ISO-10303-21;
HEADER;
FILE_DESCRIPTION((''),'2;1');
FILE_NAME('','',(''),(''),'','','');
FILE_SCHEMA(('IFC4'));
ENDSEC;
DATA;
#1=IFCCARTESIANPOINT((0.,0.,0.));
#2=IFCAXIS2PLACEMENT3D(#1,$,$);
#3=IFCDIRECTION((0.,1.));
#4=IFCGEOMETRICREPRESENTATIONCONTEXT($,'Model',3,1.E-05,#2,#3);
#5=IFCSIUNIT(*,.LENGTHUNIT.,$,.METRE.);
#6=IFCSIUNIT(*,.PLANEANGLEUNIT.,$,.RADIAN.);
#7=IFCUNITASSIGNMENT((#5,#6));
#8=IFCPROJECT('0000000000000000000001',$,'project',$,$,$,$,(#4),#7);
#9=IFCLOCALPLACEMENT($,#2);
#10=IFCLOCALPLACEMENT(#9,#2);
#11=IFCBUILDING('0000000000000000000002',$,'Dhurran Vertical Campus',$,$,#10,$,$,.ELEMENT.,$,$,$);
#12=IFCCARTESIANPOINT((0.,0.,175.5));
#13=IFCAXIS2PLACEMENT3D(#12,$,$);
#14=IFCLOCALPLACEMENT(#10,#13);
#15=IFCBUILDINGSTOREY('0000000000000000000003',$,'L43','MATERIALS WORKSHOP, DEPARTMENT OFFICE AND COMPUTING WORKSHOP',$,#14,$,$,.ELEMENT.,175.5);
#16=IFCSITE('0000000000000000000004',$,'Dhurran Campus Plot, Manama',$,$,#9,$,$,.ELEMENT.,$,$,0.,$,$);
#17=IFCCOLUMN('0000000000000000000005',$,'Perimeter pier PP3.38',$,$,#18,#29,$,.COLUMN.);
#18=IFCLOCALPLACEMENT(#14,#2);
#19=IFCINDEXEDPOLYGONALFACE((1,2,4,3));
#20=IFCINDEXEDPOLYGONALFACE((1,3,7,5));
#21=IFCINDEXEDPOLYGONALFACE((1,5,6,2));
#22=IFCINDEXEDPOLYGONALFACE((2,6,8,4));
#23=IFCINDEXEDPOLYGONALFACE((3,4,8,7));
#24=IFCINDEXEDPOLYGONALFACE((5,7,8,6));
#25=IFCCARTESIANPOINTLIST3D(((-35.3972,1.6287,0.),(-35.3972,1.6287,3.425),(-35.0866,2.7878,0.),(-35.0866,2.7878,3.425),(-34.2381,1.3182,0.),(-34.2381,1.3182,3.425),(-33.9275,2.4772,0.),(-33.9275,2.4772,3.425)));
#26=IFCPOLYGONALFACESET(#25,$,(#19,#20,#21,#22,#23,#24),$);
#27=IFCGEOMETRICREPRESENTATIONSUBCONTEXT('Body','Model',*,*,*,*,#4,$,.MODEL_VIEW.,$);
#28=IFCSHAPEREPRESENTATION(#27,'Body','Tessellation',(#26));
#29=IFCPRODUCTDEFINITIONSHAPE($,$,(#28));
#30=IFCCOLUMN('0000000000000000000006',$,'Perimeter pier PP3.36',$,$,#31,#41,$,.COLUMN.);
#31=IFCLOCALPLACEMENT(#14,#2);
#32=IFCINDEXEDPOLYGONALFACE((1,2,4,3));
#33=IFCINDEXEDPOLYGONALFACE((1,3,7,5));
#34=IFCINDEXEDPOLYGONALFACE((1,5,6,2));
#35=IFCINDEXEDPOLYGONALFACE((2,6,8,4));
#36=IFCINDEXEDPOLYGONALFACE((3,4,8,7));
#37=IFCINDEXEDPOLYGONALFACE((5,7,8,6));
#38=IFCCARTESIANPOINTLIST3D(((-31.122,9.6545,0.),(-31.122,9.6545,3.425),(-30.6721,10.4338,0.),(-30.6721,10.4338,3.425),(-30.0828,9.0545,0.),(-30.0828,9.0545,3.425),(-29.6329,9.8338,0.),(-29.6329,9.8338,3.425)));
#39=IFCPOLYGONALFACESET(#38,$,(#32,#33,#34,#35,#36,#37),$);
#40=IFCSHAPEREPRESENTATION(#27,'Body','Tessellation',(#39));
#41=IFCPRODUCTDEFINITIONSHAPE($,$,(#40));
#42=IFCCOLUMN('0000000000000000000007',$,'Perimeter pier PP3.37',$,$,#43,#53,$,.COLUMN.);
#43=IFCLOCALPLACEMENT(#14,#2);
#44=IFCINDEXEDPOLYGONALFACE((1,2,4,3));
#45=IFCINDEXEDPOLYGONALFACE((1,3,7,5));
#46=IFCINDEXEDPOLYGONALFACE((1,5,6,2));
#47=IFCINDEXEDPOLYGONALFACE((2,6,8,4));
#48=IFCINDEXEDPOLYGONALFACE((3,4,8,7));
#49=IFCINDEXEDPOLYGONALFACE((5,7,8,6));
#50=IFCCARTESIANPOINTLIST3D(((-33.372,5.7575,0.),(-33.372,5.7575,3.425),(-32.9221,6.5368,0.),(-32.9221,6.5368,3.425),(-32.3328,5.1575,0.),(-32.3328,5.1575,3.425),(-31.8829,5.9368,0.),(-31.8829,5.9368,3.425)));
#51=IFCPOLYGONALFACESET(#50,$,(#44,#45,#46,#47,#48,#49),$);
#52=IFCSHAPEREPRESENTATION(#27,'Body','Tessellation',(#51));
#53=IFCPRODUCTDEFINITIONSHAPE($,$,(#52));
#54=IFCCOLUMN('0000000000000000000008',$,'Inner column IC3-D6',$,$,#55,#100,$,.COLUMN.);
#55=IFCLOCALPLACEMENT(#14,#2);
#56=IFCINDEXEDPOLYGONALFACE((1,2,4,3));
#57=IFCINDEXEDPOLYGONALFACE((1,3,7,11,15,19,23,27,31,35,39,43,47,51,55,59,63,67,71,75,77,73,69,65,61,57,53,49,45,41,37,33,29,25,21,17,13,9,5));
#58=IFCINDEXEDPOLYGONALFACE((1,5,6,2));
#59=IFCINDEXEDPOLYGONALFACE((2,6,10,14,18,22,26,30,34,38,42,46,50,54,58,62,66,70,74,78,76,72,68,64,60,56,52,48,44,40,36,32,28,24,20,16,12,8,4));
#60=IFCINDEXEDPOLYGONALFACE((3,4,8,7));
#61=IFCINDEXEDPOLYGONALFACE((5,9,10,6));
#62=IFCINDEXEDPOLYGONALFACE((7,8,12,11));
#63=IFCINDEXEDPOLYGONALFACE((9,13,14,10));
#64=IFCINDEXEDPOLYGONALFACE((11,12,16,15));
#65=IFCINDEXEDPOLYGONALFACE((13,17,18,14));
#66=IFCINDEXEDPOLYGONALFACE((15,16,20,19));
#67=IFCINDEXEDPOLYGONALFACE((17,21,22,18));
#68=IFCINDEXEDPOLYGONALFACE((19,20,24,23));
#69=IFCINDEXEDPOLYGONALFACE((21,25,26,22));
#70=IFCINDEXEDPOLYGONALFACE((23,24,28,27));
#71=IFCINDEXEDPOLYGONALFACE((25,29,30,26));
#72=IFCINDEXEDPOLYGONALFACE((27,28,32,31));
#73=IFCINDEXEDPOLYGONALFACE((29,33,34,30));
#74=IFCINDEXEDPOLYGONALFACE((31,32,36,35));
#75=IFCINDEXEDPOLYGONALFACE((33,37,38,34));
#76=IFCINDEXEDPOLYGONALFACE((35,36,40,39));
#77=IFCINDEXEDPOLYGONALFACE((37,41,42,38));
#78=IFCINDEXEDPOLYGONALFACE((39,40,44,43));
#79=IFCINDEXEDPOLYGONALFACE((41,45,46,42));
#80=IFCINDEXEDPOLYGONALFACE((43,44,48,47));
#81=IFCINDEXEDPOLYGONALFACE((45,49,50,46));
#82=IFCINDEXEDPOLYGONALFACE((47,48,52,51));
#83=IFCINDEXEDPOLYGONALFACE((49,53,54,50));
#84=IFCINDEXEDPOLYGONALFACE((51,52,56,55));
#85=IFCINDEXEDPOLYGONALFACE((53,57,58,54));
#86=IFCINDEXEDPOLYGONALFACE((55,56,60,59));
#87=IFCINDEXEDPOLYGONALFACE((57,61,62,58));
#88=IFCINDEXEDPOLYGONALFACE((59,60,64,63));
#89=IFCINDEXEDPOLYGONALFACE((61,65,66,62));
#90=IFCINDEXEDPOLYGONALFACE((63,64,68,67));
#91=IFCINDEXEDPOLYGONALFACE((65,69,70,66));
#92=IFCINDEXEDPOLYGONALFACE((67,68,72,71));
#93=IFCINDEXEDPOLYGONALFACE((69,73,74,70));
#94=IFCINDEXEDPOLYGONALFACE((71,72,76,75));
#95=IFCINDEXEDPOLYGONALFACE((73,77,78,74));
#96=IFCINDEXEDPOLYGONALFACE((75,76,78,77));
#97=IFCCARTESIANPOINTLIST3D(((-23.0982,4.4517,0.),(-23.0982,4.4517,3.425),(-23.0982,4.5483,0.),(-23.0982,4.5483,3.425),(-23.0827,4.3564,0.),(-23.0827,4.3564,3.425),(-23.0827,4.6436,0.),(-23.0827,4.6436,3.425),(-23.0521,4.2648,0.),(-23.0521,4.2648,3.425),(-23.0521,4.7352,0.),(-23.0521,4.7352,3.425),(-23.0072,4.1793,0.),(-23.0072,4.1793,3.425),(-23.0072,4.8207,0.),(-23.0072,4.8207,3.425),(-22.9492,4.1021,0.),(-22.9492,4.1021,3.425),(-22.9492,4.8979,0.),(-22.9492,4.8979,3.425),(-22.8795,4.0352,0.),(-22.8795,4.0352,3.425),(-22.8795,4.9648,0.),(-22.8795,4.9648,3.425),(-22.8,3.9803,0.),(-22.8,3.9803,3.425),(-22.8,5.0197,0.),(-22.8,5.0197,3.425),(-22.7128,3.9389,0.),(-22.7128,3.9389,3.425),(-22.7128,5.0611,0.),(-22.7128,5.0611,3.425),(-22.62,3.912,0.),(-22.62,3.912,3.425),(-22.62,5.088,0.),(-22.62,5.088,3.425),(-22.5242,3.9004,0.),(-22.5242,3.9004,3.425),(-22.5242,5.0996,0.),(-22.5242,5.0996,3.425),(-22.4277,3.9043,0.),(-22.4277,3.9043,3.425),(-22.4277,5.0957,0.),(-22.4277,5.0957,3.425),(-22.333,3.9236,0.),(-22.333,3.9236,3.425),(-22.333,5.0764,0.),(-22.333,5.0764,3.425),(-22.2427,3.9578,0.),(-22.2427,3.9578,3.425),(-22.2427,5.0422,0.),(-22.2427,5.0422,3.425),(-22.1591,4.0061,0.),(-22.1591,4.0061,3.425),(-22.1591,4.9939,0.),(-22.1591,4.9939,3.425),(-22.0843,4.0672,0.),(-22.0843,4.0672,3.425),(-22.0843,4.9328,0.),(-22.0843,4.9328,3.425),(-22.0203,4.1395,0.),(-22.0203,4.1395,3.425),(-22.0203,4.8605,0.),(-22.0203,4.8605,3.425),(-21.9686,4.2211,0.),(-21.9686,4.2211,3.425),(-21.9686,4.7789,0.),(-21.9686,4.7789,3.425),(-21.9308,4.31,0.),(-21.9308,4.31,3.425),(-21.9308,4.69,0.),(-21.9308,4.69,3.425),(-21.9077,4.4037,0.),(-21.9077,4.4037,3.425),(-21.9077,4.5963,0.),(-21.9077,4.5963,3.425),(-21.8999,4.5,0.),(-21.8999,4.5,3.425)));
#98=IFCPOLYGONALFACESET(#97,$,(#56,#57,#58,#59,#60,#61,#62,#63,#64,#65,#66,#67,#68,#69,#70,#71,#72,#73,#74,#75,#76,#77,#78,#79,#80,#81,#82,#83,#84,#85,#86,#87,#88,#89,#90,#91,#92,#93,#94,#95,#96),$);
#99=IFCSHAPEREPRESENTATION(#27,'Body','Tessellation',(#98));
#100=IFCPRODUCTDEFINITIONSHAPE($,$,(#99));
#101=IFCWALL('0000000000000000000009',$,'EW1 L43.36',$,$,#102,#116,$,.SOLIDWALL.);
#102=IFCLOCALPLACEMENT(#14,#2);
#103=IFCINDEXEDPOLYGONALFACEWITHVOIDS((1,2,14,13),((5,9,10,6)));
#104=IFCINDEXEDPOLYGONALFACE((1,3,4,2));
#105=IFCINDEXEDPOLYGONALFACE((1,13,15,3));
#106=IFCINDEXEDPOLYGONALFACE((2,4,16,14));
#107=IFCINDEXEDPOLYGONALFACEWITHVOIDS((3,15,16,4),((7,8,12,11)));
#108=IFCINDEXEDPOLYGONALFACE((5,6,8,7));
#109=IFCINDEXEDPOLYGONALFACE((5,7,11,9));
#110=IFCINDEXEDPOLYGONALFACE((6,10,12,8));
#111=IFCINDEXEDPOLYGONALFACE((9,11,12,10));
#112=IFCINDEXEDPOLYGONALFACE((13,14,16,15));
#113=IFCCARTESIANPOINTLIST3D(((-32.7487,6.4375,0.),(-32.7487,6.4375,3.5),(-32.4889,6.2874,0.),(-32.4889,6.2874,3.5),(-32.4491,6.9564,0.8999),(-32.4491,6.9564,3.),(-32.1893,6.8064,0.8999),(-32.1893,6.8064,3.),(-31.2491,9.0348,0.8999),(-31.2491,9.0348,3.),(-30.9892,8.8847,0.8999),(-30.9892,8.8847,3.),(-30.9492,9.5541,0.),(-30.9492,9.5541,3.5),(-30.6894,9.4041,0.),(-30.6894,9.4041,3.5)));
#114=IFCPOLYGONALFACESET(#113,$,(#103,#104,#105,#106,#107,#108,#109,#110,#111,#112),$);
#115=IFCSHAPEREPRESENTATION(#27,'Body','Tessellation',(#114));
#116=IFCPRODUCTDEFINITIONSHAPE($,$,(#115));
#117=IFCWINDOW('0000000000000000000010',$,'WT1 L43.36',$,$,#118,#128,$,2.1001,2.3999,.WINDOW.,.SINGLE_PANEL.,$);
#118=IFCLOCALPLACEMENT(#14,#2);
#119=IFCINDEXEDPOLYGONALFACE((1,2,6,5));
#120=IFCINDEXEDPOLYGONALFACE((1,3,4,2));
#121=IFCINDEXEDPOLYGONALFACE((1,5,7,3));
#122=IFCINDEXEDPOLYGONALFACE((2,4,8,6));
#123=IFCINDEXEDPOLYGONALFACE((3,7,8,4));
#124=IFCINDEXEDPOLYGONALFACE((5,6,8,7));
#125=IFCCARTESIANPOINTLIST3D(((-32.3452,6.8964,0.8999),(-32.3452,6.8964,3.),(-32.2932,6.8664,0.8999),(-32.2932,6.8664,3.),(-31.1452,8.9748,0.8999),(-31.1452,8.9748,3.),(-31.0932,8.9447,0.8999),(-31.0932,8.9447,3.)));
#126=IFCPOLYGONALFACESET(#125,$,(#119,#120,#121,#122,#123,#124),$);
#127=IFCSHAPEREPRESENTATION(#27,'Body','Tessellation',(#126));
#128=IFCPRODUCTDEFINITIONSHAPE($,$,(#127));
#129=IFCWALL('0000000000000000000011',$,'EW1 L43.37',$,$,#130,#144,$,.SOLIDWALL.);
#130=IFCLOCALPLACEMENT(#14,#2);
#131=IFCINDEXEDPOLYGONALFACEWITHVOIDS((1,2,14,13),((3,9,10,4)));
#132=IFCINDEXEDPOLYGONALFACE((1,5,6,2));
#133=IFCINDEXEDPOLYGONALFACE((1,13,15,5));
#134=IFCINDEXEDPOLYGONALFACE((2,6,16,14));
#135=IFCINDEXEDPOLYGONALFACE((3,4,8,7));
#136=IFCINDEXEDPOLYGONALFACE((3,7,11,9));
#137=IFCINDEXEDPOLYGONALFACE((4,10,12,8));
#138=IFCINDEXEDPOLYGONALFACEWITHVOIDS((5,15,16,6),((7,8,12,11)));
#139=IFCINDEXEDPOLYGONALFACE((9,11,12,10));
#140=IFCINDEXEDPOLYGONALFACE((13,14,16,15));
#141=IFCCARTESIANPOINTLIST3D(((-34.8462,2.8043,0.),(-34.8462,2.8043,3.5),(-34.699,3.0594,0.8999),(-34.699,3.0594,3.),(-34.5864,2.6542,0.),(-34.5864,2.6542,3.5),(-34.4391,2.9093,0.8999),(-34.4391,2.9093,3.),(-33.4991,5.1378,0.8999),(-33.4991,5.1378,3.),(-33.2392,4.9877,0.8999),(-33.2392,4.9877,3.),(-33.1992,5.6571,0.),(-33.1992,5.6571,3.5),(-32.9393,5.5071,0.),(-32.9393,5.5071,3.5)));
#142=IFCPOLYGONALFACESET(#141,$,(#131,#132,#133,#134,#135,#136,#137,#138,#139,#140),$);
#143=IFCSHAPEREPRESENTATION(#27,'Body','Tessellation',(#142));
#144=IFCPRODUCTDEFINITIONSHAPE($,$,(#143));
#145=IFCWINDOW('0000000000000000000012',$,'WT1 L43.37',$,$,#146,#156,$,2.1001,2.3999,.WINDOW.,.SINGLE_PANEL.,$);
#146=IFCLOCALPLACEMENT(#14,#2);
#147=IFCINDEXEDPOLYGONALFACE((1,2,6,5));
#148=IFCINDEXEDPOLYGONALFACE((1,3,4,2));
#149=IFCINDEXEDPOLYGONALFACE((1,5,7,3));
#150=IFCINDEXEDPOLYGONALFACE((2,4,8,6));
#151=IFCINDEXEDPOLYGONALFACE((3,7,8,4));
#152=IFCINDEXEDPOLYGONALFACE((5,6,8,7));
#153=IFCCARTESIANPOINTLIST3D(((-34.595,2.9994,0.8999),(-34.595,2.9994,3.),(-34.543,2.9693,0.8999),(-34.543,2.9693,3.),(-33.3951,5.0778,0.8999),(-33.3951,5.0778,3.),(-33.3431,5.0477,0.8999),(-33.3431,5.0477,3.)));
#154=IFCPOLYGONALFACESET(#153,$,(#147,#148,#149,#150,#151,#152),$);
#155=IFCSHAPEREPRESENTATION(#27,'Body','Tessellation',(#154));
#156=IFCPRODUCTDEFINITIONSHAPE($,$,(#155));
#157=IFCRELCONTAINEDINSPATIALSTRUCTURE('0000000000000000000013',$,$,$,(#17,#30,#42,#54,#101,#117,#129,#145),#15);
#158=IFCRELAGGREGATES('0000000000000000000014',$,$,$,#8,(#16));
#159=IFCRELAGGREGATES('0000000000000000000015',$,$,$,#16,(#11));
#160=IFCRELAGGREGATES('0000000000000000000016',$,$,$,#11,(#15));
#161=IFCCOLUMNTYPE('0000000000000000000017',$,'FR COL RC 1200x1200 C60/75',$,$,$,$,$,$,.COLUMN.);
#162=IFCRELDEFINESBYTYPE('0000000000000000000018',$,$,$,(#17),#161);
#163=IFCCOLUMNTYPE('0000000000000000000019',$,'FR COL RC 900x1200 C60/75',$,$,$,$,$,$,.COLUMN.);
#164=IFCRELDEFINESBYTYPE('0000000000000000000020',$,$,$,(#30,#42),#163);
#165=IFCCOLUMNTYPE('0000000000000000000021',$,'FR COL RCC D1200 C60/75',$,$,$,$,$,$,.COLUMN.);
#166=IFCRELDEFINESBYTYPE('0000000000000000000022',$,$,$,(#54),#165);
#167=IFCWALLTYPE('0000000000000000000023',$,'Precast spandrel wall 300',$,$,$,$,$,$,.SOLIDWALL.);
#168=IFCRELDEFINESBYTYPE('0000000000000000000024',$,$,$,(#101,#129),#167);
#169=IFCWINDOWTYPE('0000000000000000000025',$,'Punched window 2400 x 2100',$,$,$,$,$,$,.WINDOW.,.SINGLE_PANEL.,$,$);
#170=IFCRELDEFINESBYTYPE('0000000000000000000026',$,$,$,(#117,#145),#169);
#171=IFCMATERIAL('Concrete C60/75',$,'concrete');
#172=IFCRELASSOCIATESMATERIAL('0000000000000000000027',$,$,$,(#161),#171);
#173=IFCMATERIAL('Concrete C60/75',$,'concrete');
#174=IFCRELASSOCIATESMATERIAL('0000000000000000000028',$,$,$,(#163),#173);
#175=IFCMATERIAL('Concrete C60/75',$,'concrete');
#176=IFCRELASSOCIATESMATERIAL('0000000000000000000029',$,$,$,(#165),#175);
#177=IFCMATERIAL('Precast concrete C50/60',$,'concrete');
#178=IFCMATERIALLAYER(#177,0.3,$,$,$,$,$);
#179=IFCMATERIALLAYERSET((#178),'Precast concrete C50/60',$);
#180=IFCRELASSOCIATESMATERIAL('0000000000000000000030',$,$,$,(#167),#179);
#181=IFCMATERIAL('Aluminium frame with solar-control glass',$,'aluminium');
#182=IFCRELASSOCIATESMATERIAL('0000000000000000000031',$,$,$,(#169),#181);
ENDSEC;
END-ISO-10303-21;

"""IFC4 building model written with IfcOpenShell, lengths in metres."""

from ifc_helpers import new_model, si_unit, direction, frame, frame_2d, origin, origin_2d, place, context, subcontext, project, spatial, rectangle, circle, extrude, material, layer, layer_set, material_profile, profile_set, type_object, element, fill, save


model = new_model("IFC4")

# Units and contexts
model_context = context("Model", 3, precision=1e-05, world=origin(), true_north=direction((0.0, 1.0)))
body_context = subcontext(model_context, "Body", "Model", "MODEL_VIEW")
ifc_project = project(units=[si_unit("LENGTHUNIT", "METRE"), si_unit("PLANEANGLEUNIT", "RADIAN")], contexts=[model_context])

# Site, building, storey
site_placement = place(None, origin())
site = spatial("IfcSite", under=ifc_project, at=site_placement, Name="Dhurran Campus Plot, Manama", CompositionType="ELEMENT", RefElevation=0.0)
building_placement = place(site_placement, origin())
building = spatial("IfcBuilding", under=site, at=building_placement, Name="Dhurran Vertical Campus", CompositionType="ELEMENT")
storey_placement = place(building_placement, frame((0.0, 0.0, 175.5)))
storey = spatial("IfcBuildingStorey", under=building, at=storey_placement, Name="L43", Description="MATERIALS WORKSHOP, DEPARTMENT OFFICE AND COMPUTING WORKSHOP", CompositionType="ELEMENT", Elevation=175.5)

# Columns
ifc_material_1 = material(Name="Concrete C60/75", Category="concrete")
ifc_material_profile_1 = material_profile(ifc_material_1, rectangle(XDim=1.2, YDim=1.2, at=origin_2d()), Name="RC 1200x1200")
ifc_profile_set_1 = profile_set([ifc_material_profile_1], Name="Concrete C60/75")
column_type_1 = type_object("IfcColumnType", Name="FR COL RC 1200x1200 C60/75", PredefinedType="COLUMN", material=ifc_profile_set_1)
column_1_placement = place(storey_placement, frame((-34.6624, 2.053, 0.0), z_axis=(0.0, 0.0, 1.0), x_axis=(-0.258819, -0.965926, 0.0)))
element("IfcColumn", 1, at=column_1_placement, inside=storey, type_object=column_type_1, Name="Perimeter pier PP3.38", PredefinedType="COLUMN", context=body_context, shape_type="SweptSolid", body=[
    extrude(rectangle(XDim=1.2, YDim=1.2, at=origin_2d()), origin(), (0.0, 0.0, 1.0), 3.425),
])
ifc_material_2 = material(Name="Concrete C60/75", Category="concrete")
ifc_material_profile_2 = material_profile(ifc_material_2, rectangle(XDim=0.8999, YDim=1.2, at=origin_2d()), Name="RC 900x1200")
ifc_profile_set_2 = profile_set([ifc_material_profile_2], Name="Concrete C60/75")
column_type_2 = type_object("IfcColumnType", Name="FR COL RC 900x1200 C60/75", PredefinedType="COLUMN", material=ifc_profile_set_2)
for number, where, z_axis, x_axis, name in (
    (2, (-30.3774, 9.7441, 0.0), (0.0, 0.0, 1.0), (-0.5, -0.866025, 0.0), "Perimeter pier PP3.36"),
    (3, (-32.6274, 5.8472, 0.0), (0.0, 0.0, 1.0), (-0.5, -0.866025, 0.0), "Perimeter pier PP3.37"),
):
    element("IfcColumn", number, at=place(storey_placement, frame(where, z_axis=z_axis, x_axis=x_axis)), inside=storey, type_object=column_type_2, Name=name, PredefinedType="COLUMN", context=body_context, shape_type="SweptSolid", body=[
        extrude(rectangle(XDim=0.8999, YDim=1.2, at=origin_2d()), origin(), (0.0, 0.0, 1.0), 3.425),
    ])
ifc_material_3 = material(Name="Concrete C60/75", Category="concrete")
ifc_material_profile_3 = material_profile(ifc_material_3, circle(Radius=0.6001, at=origin_2d()), Name="RCC D1200")
ifc_profile_set_3 = profile_set([ifc_material_profile_3], Name="Concrete C60/75")
column_type_3 = type_object("IfcColumnType", Name="FR COL RCC D1200 C60/75", PredefinedType="COLUMN", material=ifc_profile_set_3)
column_2_placement = place(storey_placement, frame((-22.5, 4.5, 0.0), z_axis=(0.0, 0.0, 1.0), x_axis=(1.0, 0.0, 0.0)))
element("IfcColumn", 4, at=column_2_placement, inside=storey, type_object=column_type_3, Name="Inner column IC3-D6", PredefinedType="COLUMN", context=body_context, shape_type="SweptSolid", body=[
    extrude(circle(Radius=0.6001, at=origin_2d()), origin(), (0.0, 0.0, 1.0), 3.425),
])

# Walls, openings, windows
ifc_material_4 = material(Name="Precast concrete C50/60", Category="concrete")
ifc_layer_1 = layer(ifc_material_4, 0.3)
ifc_layer_set_1 = layer_set([ifc_layer_1], Name="Precast concrete C50/60")
wall_type_1 = type_object("IfcWallType", Name="Precast spandrel wall 300", PredefinedType="SOLIDWALL", material=ifc_layer_set_1)
wall_1_placement = place(storey_placement, frame((-30.8193, 9.479, 0.0), z_axis=(0.0, 0.0, 1.0), x_axis=(-0.500028, -0.866009, 0.0)))
wall_1 = element("IfcWall", 5, at=wall_1_placement, inside=storey, type_object=wall_type_1, Name="EW1 L43.36", PredefinedType="SOLIDWALL", context=body_context, shape_type="SweptSolid", body=[
    extrude(rectangle(XDim=3.5989, YDim=0.3, at=frame_2d((1.7993, 0.0))), origin(), (0.0, 0.0, 1.0), 3.5),
])
opening_1_placement = place(wall_1_placement, frame((0.5996, 0.0, 0.8999)))
opening_1 = element("IfcOpeningElement", 6, at=opening_1_placement, cuts=wall_1, PredefinedType="OPENING", context=body_context, shape_type="SweptSolid", body=[
    extrude(rectangle(XDim=2.3999, YDim=2.1001, at=frame_2d((1.2, 1.05))), frame((0.0, 0.1599, 0.0), z_axis=(0.0, -1.0, 0.0), x_axis=(1.0, 0.0, 0.0)), (0.0, 0.0, 1.0), 0.3201),
])
ifc_material_5 = material(Name="Aluminium frame with solar-control glass", Category="aluminium")
window_type = type_object("IfcWindowType", Name="Punched window 2400 x 2100", PartitioningType="SINGLE_PANEL", PredefinedType="WINDOW", material=ifc_material_5)
window_1_placement = place(opening_1_placement, origin())
window_1 = element("IfcWindow", 7, at=window_1_placement, inside=storey, type_object=window_type, Name="WT1 L43.36", OverallHeight=2.1001, OverallWidth=2.3999, PartitioningType="SINGLE_PANEL", PredefinedType="WINDOW", context=body_context, shape_type="SweptSolid", body=[
    extrude(rectangle(XDim=2.3999, YDim=2.1001, at=frame_2d((1.2, 1.05))), frame((0.0, 0.03, 0.0), z_axis=(0.0, -1.0, 0.0), x_axis=(1.0, 0.0, 0.0)), (0.0, 0.0, 1.0), 0.0601),
])
fill(opening_1, window_1)
wall_2_placement = place(storey_placement, frame((-33.0693, 5.582, 0.0), z_axis=(0.0, 0.0, 1.0), x_axis=(-0.499981, -0.866036, 0.0)))
wall_2 = element("IfcWall", 8, at=wall_2_placement, inside=storey, type_object=wall_type_1, Name="EW1 L43.37", PredefinedType="SOLIDWALL", context=body_context, shape_type="SweptSolid", body=[
    extrude(rectangle(XDim=3.2942, YDim=0.3, at=frame_2d((1.647, 0.0))), origin(), (0.0, 0.0, 1.0), 3.5),
])
opening_2_placement = place(wall_2_placement, frame((0.5996, 0.0, 0.8999)))
opening_2 = element("IfcOpeningElement", 9, at=opening_2_placement, cuts=wall_2, PredefinedType="OPENING", context=body_context, shape_type="SweptSolid", body=[
    extrude(rectangle(XDim=2.3999, YDim=2.1001, at=frame_2d((1.2, 1.05))), frame((0.0, 0.1599, 0.0), z_axis=(0.0, -1.0, 0.0), x_axis=(1.0, 0.0, 0.0)), (0.0, 0.0, 1.0), 0.3201),
])
window_2_placement = place(opening_2_placement, origin())
window_2 = element("IfcWindow", 10, at=window_2_placement, inside=storey, type_object=window_type, Name="WT1 L43.37", OverallHeight=2.1001, OverallWidth=2.3999, PartitioningType="SINGLE_PANEL", PredefinedType="WINDOW", context=body_context, shape_type="SweptSolid", body=[
    extrude(rectangle(XDim=2.3999, YDim=2.1001, at=frame_2d((1.2, 1.05))), frame((0.0, 0.03, 0.0), z_axis=(0.0, -1.0, 0.0), x_axis=(1.0, 0.0, 0.0)), (0.0, 0.0, 1.0), 0.0601),
])
fill(opening_2, window_2)

save(model, "model.ifc")
